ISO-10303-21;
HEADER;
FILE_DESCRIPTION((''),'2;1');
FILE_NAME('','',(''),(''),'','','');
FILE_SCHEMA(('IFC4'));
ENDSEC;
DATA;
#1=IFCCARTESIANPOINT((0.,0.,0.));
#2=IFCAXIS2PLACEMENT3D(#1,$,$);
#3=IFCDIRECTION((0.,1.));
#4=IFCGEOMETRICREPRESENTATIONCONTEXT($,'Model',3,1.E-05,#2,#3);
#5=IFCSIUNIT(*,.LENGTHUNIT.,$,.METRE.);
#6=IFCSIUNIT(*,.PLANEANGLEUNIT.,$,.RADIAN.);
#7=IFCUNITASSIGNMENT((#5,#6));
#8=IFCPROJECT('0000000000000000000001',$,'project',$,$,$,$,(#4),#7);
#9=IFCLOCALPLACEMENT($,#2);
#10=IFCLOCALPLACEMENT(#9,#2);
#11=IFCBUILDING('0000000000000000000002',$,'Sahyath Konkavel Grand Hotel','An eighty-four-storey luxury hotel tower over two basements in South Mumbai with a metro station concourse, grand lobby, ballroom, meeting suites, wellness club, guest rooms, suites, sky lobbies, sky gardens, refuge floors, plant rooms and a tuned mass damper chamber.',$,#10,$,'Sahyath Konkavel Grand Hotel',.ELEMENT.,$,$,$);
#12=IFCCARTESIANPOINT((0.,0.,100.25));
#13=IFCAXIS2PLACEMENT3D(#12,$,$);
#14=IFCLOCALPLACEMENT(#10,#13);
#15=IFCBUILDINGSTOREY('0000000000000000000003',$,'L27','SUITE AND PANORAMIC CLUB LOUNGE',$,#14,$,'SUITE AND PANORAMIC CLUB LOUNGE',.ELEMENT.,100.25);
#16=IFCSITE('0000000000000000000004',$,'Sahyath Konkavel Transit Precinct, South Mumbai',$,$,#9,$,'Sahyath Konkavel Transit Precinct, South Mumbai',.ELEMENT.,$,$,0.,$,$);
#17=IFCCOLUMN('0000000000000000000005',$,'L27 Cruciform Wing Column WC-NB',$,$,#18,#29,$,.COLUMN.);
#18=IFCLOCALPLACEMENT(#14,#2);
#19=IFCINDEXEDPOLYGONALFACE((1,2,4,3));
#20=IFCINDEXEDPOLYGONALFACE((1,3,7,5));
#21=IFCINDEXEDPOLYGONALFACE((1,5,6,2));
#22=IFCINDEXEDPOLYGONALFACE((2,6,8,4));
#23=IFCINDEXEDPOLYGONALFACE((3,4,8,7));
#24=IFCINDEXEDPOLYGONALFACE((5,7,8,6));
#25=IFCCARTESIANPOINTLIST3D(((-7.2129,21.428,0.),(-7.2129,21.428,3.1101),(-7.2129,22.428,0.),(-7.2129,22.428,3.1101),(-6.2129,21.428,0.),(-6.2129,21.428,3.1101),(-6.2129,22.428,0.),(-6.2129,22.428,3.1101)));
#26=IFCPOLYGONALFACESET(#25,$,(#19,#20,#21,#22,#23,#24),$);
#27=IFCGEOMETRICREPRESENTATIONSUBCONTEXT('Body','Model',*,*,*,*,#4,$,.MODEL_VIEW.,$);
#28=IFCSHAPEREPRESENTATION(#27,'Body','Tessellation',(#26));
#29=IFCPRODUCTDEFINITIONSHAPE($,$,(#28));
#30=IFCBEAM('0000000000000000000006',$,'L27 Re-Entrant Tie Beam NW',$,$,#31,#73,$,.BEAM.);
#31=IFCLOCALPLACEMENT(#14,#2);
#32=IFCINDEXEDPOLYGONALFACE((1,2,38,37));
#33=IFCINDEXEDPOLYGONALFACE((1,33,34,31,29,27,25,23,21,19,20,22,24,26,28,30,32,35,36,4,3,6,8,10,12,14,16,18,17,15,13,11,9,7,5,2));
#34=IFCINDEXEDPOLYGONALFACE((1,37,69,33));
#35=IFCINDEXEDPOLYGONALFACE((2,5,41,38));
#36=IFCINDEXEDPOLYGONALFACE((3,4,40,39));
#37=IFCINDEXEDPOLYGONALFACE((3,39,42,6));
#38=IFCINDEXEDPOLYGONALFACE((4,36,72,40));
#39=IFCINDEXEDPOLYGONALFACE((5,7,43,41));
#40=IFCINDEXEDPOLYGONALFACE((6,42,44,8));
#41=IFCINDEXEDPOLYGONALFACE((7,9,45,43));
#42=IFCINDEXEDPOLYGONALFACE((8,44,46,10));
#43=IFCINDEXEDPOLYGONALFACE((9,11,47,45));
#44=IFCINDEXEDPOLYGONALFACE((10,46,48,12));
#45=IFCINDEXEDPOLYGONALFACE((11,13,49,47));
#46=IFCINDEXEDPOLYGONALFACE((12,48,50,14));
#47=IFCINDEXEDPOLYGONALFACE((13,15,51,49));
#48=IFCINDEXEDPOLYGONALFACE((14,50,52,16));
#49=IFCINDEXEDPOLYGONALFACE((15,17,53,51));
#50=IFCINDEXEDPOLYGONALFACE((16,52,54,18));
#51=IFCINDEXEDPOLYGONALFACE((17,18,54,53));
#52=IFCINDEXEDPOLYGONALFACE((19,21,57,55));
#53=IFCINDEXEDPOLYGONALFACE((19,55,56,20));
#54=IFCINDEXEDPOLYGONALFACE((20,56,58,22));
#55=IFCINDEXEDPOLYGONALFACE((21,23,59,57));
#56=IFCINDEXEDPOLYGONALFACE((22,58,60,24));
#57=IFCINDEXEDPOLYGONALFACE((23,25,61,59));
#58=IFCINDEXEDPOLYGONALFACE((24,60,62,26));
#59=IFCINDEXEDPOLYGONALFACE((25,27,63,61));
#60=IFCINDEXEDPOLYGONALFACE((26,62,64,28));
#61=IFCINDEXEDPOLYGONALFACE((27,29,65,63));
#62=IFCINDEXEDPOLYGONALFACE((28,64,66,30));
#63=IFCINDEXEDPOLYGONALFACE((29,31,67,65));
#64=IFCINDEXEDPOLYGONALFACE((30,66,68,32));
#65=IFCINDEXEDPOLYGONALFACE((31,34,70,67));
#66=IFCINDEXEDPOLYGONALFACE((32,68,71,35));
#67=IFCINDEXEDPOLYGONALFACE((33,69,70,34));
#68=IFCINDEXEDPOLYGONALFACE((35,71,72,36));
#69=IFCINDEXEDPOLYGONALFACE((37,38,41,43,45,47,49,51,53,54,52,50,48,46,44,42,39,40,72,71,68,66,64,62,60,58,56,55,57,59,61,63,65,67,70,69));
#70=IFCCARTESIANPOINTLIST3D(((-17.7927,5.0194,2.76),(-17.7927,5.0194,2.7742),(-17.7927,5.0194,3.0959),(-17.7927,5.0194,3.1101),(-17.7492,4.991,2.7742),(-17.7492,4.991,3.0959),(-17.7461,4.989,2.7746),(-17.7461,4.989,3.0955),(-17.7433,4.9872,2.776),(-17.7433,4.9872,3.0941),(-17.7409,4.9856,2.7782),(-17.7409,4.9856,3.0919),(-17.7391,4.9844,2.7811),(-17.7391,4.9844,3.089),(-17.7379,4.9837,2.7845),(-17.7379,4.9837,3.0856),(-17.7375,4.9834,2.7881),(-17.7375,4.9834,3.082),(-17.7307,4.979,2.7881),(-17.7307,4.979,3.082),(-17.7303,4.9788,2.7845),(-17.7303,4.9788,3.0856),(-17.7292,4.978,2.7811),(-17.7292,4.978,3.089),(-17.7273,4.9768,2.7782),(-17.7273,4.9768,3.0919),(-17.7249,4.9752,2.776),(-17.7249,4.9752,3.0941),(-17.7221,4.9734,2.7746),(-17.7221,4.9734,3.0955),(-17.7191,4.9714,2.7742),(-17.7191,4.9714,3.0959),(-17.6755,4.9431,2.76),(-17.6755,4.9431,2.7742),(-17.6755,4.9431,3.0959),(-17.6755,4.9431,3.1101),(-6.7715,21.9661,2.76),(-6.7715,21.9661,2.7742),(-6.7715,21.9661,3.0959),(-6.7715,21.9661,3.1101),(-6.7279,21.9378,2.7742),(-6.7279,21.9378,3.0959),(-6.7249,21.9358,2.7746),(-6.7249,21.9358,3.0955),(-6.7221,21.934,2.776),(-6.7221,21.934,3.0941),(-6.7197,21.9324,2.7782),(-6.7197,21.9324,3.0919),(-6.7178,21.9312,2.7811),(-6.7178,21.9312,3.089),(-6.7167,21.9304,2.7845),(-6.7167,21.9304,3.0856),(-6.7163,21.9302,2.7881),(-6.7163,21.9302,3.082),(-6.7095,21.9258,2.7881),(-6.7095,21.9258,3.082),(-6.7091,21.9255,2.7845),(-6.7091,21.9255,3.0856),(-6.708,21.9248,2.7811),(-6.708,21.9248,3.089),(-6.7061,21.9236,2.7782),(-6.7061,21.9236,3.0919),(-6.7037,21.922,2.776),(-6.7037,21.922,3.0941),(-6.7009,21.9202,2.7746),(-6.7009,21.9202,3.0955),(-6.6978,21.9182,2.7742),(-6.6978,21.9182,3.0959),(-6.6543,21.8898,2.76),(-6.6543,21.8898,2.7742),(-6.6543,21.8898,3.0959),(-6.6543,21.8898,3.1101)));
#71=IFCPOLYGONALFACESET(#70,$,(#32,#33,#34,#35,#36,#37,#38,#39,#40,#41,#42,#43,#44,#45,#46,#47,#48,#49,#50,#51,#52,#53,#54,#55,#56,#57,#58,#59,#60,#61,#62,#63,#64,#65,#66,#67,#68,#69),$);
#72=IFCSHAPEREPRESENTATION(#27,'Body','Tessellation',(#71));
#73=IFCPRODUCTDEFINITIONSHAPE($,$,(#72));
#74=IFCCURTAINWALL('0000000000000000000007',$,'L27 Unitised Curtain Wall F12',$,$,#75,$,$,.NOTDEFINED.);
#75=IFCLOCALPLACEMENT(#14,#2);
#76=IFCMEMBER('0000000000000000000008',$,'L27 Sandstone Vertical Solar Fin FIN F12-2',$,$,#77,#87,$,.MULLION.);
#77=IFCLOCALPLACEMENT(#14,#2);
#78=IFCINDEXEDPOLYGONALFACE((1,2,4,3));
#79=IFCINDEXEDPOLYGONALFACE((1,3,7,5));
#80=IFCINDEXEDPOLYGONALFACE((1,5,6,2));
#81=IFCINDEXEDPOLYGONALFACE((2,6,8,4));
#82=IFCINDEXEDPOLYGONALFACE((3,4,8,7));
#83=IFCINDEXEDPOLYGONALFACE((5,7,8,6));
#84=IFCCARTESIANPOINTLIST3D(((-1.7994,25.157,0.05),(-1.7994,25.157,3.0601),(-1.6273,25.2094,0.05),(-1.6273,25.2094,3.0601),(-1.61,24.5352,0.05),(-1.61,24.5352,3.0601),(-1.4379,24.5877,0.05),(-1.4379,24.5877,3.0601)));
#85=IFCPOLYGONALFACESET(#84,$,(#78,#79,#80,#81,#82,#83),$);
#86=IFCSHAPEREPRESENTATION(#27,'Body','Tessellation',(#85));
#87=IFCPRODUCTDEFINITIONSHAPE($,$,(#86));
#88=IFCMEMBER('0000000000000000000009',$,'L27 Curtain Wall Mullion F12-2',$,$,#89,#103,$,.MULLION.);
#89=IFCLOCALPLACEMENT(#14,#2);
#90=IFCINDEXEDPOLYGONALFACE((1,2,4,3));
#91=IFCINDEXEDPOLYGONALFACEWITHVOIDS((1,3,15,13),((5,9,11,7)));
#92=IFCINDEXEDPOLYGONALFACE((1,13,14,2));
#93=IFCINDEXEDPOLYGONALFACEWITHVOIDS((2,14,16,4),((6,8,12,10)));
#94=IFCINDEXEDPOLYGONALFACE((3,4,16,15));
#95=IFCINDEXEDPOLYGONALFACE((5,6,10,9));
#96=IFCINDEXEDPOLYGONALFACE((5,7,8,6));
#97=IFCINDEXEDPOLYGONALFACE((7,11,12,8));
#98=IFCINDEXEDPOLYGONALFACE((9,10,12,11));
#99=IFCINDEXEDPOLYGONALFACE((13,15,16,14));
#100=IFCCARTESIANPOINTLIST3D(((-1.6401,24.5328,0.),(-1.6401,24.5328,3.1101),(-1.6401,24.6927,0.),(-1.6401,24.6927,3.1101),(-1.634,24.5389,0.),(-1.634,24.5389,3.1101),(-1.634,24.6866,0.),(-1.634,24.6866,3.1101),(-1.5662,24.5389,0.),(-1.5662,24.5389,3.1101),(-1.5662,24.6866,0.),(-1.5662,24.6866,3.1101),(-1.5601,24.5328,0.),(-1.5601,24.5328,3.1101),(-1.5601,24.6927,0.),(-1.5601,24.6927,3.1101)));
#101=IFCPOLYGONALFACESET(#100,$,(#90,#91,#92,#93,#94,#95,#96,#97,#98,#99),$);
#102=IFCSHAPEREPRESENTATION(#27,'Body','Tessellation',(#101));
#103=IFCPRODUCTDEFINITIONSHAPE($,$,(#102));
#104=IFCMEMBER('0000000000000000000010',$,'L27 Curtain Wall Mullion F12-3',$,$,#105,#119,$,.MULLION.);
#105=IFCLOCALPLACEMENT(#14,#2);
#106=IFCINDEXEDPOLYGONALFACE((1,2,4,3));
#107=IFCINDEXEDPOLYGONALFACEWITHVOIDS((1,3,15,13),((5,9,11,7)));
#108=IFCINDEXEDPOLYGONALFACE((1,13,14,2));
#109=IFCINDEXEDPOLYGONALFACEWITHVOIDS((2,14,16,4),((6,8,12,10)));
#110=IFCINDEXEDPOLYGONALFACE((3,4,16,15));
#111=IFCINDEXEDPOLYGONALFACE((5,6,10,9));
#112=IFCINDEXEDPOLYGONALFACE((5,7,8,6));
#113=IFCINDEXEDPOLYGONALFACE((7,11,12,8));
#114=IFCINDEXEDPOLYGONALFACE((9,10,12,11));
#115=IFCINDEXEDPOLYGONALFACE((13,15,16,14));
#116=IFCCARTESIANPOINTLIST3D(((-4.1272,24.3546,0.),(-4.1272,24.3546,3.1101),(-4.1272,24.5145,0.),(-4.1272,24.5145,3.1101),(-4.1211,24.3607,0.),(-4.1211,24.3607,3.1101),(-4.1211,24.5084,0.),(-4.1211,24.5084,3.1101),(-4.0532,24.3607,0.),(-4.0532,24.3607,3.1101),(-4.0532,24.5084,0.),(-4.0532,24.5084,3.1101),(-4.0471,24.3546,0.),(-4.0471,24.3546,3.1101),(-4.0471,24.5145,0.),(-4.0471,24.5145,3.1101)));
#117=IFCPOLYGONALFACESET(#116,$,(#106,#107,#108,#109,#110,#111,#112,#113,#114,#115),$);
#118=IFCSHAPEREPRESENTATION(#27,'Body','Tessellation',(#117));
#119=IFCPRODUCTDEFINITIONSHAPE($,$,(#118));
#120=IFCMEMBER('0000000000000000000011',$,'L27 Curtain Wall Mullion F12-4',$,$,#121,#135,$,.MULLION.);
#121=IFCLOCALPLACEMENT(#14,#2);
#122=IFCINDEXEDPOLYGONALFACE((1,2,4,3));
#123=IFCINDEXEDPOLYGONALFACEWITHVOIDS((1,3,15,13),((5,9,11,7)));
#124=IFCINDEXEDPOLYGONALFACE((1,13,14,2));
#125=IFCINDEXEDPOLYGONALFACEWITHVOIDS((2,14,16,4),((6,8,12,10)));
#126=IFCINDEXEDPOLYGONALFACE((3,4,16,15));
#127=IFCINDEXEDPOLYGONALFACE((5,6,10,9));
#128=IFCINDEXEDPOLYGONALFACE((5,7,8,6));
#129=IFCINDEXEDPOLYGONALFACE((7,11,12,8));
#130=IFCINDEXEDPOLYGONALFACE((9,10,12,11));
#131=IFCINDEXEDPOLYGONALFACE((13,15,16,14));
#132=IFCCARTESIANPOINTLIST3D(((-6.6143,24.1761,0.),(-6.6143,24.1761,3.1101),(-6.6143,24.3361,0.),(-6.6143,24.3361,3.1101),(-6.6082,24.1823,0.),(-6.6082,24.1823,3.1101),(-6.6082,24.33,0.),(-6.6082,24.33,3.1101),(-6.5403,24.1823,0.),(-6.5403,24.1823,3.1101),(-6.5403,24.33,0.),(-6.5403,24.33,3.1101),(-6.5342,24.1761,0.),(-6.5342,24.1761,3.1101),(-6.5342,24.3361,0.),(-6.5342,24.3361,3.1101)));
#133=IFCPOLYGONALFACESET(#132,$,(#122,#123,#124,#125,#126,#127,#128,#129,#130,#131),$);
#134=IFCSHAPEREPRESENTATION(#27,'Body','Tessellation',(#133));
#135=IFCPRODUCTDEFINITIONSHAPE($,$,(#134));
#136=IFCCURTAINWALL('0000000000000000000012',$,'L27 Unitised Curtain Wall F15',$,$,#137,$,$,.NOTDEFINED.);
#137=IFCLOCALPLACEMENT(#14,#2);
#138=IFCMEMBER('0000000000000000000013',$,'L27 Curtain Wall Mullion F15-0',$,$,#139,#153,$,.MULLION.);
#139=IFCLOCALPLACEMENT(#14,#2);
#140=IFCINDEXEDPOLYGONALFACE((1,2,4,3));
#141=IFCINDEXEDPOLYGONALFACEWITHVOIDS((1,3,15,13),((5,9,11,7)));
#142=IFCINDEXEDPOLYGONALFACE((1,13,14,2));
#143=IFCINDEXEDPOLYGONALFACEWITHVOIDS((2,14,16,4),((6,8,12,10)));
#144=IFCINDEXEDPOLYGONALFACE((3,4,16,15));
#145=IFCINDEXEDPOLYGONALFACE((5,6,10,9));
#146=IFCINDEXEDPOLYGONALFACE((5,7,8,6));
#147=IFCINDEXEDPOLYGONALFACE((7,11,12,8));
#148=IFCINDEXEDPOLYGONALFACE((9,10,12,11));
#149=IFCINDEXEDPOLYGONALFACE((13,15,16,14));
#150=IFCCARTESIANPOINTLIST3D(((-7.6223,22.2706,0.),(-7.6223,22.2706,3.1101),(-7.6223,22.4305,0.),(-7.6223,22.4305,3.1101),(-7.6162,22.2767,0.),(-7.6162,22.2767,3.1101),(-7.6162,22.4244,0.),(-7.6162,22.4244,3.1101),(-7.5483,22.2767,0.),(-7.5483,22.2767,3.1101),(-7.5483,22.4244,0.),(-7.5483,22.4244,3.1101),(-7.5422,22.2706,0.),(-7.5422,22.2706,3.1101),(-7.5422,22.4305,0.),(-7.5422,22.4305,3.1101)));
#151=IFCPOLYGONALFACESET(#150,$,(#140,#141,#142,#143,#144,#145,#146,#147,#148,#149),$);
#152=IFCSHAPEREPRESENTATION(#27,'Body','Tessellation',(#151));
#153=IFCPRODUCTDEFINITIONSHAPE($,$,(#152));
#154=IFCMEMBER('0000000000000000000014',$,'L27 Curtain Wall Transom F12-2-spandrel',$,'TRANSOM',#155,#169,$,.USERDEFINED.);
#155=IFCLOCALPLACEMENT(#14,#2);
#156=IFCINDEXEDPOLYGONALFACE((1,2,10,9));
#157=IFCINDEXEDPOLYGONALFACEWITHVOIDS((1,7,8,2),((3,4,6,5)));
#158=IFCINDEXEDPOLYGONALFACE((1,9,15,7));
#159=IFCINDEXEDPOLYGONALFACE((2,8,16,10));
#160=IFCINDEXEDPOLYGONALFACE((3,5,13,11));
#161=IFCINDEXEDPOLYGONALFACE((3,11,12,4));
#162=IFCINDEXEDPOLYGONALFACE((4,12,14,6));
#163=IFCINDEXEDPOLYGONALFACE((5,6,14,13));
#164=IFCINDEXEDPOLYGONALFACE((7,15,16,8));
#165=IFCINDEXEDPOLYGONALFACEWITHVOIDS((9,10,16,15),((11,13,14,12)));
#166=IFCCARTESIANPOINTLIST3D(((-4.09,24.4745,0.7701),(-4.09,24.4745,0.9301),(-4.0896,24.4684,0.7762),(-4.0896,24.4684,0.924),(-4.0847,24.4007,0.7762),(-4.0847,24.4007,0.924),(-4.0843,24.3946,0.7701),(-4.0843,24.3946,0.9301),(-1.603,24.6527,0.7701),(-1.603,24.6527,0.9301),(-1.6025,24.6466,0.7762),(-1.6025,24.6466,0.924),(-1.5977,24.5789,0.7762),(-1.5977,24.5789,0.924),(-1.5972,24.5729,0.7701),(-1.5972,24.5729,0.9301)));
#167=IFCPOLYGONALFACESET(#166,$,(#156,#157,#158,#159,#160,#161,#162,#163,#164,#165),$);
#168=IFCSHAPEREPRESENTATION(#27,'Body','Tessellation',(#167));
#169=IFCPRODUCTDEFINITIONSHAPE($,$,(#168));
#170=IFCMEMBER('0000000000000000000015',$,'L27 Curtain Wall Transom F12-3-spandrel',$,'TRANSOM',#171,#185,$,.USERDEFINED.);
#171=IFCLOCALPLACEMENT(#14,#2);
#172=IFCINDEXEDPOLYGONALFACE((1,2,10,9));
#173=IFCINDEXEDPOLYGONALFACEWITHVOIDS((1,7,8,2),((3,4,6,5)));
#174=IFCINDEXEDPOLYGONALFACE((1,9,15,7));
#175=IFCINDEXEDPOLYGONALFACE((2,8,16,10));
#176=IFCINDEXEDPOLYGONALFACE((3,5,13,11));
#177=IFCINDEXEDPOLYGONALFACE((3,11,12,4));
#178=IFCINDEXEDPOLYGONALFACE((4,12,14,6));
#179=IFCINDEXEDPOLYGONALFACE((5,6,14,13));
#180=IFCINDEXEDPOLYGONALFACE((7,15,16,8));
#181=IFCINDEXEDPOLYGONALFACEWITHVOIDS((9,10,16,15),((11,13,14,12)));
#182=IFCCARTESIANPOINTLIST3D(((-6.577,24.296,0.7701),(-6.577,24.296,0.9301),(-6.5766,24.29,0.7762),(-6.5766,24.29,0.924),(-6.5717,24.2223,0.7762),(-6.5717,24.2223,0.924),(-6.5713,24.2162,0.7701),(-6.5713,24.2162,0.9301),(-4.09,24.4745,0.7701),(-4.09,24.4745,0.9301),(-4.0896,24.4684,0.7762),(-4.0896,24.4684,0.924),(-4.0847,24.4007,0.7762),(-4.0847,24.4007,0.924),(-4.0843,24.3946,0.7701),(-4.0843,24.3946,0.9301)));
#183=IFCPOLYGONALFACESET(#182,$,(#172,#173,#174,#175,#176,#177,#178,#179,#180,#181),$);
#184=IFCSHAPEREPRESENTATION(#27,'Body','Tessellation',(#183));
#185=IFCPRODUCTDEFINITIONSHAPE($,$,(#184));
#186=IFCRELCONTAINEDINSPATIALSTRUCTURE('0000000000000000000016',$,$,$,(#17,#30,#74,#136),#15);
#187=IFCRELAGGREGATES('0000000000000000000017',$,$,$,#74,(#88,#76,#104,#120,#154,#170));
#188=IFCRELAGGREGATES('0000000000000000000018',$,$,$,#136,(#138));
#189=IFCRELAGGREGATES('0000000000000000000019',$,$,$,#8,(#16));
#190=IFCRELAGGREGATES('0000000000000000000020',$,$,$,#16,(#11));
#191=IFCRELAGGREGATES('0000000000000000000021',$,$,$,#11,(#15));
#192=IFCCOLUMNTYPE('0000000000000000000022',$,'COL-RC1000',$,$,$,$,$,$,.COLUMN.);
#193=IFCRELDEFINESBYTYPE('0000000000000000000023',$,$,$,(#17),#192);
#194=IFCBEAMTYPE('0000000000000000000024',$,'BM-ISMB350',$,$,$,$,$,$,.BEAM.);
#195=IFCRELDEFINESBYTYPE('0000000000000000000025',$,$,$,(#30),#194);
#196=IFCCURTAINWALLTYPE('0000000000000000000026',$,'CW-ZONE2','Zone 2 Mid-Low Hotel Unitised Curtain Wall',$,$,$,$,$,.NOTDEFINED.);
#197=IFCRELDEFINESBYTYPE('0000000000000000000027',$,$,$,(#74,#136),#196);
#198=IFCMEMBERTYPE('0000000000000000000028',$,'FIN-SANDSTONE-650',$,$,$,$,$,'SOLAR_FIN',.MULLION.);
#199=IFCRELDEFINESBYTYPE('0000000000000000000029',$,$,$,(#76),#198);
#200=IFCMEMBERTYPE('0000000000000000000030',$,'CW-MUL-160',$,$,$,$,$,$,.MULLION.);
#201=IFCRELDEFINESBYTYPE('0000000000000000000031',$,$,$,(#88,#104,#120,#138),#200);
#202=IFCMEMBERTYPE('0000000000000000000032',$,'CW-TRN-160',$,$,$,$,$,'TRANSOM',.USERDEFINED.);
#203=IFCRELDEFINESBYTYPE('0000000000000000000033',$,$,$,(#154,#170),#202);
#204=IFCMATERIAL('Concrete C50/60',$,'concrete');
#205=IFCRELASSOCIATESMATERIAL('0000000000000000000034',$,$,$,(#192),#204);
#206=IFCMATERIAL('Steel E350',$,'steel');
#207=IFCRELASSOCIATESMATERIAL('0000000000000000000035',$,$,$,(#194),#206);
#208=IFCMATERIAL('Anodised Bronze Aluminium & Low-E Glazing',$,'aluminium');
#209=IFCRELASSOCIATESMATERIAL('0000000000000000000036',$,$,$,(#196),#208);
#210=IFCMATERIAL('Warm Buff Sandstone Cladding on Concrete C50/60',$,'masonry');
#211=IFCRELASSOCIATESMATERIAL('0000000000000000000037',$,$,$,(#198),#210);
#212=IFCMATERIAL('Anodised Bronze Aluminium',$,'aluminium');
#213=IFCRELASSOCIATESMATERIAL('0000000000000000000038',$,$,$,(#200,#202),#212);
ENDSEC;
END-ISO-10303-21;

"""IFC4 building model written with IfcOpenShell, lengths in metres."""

from ifc_helpers import new_model, si_unit, direction, frame, origin, origin_2d, place, context, subcontext, project, spatial, rectangle, hollow_rectangle, i_section, extrude, source, transform, mapped, material, material_profile, profile_set, type_object, element, aggregate, save


model = new_model("IFC4")

# Units and contexts
model_context = context("Model", 3, precision=1e-05, world=origin(), true_north=direction((0.0, 1.0)))
body_context = subcontext(model_context, "Body", "Model", "MODEL_VIEW")
ifc_project = project(units=[si_unit("LENGTHUNIT", "METRE"), si_unit("PLANEANGLEUNIT", "RADIAN")], contexts=[model_context])

# Site, building, storey
site_placement = place(None, origin())
site = spatial("IfcSite", under=ifc_project, at=site_placement, Name="Sahyath Konkavel Transit Precinct, South Mumbai", LongName="Sahyath Konkavel Transit Precinct, South Mumbai", CompositionType="ELEMENT", RefElevation=0.0)
building_placement = place(site_placement, origin())
building = spatial("IfcBuilding", under=site, at=building_placement, Name="Sahyath Konkavel Grand Hotel", Description="An eighty-four-storey luxury hotel tower over two basements in South Mumbai with a metro station concourse, grand lobby, ballroom, meeting suites, wellness club, guest rooms, suites, sky lobbies, sky gardens, refuge floors, plant rooms and a tuned mass damper chamber.", LongName="Sahyath Konkavel Grand Hotel", CompositionType="ELEMENT")
storey_placement = place(building_placement, frame((0.0, 0.0, 100.25)))
storey = spatial("IfcBuildingStorey", under=building, at=storey_placement, Name="L27", Description="SUITE AND PANORAMIC CLUB LOUNGE", LongName="SUITE AND PANORAMIC CLUB LOUNGE", CompositionType="ELEMENT", Elevation=100.25)

# Column
ifc_material_1 = material(Name="Concrete C50/60", Category="concrete")
ifc_material_profile_1 = material_profile(ifc_material_1, rectangle(XDim=1.0, YDim=1.0, at=origin_2d()), Name="RC 1000x1000")
ifc_profile_set_1 = profile_set([ifc_material_profile_1], Name="Concrete C50/60")
column_type = type_object("IfcColumnType", Name="COL-RC1000", PredefinedType="COLUMN", material=ifc_profile_set_1)
shared_shape_1 = source(origin(), body_context, "Body", "SweptSolid", [
    extrude(rectangle(XDim=1.0, YDim=1.0, at=origin_2d()), origin(), (0.0, 0.0, 1.0), 3.1101),
])
column_placement = place(storey_placement, frame((-6.7129, 21.928, 0.0), z_axis=(0.0, 0.0, 1.0), x_axis=(1.0, 0.0, 0.0)))
element("IfcColumn", 1, at=column_placement, inside=storey, type_object=column_type, Name="L27 Cruciform Wing Column WC-NB", PredefinedType="COLUMN", context=body_context, shape_type="MappedRepresentation", body=[
    mapped(shared_shape_1, transform((0.0, 0.0, 0.0), scale=1.0)),
])

# Beam
ifc_material_2 = material(Name="Steel E350", Category="steel")
ifc_material_profile_2 = material_profile(ifc_material_2, i_section(OverallWidth=0.1399, OverallDepth=0.3501, WebThickness=0.0081, FlangeThickness=0.0142, FilletRadius=0.0139, at=origin_2d()), Name="ISMB 350")
ifc_profile_set_2 = profile_set([ifc_material_profile_2], Name="Steel E350")
beam_type = type_object("IfcBeamType", Name="BM-ISMB350", PredefinedType="BEAM", material=ifc_profile_set_2)
shared_shape_2 = source(origin(), body_context, "Body", "SweptSolid", [
    extrude(i_section(OverallWidth=0.1399, OverallDepth=0.3501, WebThickness=0.0081, FlangeThickness=0.0142, FilletRadius=0.0139, at=origin_2d()), origin(), (0.0, 0.0, 1.0), 20.2153),
])
beam_placement = place(storey_placement, frame((-6.7129, 21.928, 2.9351), z_axis=(-0.545191, -0.838312, 0.0), x_axis=(0.838312, -0.545191, 0.0)))
element("IfcBeam", 2, at=beam_placement, inside=storey, type_object=beam_type, Name="L27 Re-Entrant Tie Beam NW", PredefinedType="BEAM", context=body_context, shape_type="MappedRepresentation", body=[
    mapped(shared_shape_2, transform((0.0, 0.0, 0.0), scale=1.0)),
])

# Curtain wall, members
ifc_material_3 = material(Name="Anodised Bronze Aluminium & Low-E Glazing", Category="aluminium")
curtain_wall_type = type_object("IfcCurtainWallType", Name="CW-ZONE2", Description="Zone 2 Mid-Low Hotel Unitised Curtain Wall", PredefinedType="NOTDEFINED", material=ifc_material_3)
curtain_wall_1_placement = place(storey_placement, origin())
curtain_wall_1 = element("IfcCurtainWall", 3, at=curtain_wall_1_placement, inside=storey, type_object=curtain_wall_type, Name="L27 Unitised Curtain Wall F12", PredefinedType="NOTDEFINED")
ifc_material_4 = material(Name="Warm Buff Sandstone Cladding on Concrete C50/60", Category="masonry")
ifc_material_profile_3 = material_profile(ifc_material_4, rectangle(XDim=0.1799, YDim=0.6499, at=origin_2d()), Name="FIN 180x650")
ifc_profile_set_3 = profile_set([ifc_material_profile_3], Name="Warm Buff Sandstone Cladding on Concrete C50/60")
member_type_1 = type_object("IfcMemberType", Name="FIN-SANDSTONE-650", ElementType="SOLAR_FIN", PredefinedType="MULLION", material=ifc_profile_set_3)
shared_shape_3 = source(origin(), body_context, "Body", "SweptSolid", [
    extrude(rectangle(XDim=0.1799, YDim=0.6499, at=origin_2d()), origin(), (0.0, 0.0, 1.0), 3.01),
])
member_1_placement = place(storey_placement, frame((-1.6187, 24.8723, 0.05), z_axis=(0.0, 0.0, 1.0), x_axis=(0.95661, 0.29137, 0.0)))
member_1 = element("IfcMember", 4, at=member_1_placement, type_object=member_type_1, Name="L27 Sandstone Vertical Solar Fin FIN F12-2", PredefinedType="MULLION", context=body_context, shape_type="MappedRepresentation", body=[
    mapped(shared_shape_3, transform((0.0, 0.0, 0.0), scale=1.0)),
])
ifc_material_5 = material(Name="Anodised Bronze Aluminium", Category="aluminium")
ifc_material_profile_4 = material_profile(ifc_material_5, hollow_rectangle(XDim=0.0801, YDim=0.1599, WallThickness=0.0061, at=origin_2d()), Name="RHS 160x80x6")
ifc_profile_set_4 = profile_set([ifc_material_profile_4], Name="Anodised Bronze Aluminium")
member_type_2 = type_object("IfcMemberType", Name="CW-MUL-160", PredefinedType="MULLION", material=ifc_profile_set_4)
shared_shape_4 = source(origin(), body_context, "Body", "SweptSolid", [
    extrude(hollow_rectangle(XDim=0.0801, YDim=0.1599, WallThickness=0.0061, at=origin_2d()), origin(), (0.0, 0.0, 1.0), 3.1101),
])
member_2_placement = place(storey_placement, frame((-1.6001, 24.6128, 0.0), z_axis=(0.0, 0.0, 1.0), x_axis=(1.0, 0.0, 0.0)))
member_2 = element("IfcMember", 5, at=member_2_placement, type_object=member_type_2, Name="L27 Curtain Wall Mullion F12-2", PredefinedType="MULLION", context=body_context, shape_type="MappedRepresentation", body=[
    mapped(shared_shape_4, transform((0.0, 0.0, 0.0), scale=1.0)),
])
member_3_placement = place(storey_placement, frame((-4.0872, 24.4346, 0.0), z_axis=(0.0, 0.0, 1.0), x_axis=(1.0, 0.0, 0.0)))
member_3 = element("IfcMember", 6, at=member_3_placement, type_object=member_type_2, Name="L27 Curtain Wall Mullion F12-3", PredefinedType="MULLION", context=body_context, shape_type="MappedRepresentation", body=[
    mapped(shared_shape_4, transform((0.0, 0.0, 0.0), scale=1.0)),
])
member_4_placement = place(storey_placement, frame((-6.5742, 24.2561, 0.0), z_axis=(0.0, 0.0, 1.0), x_axis=(1.0, 0.0, 0.0)))
member_4 = element("IfcMember", 7, at=member_4_placement, type_object=member_type_2, Name="L27 Curtain Wall Mullion F12-4", PredefinedType="MULLION", context=body_context, shape_type="MappedRepresentation", body=[
    mapped(shared_shape_4, transform((0.0, 0.0, 0.0), scale=1.0)),
])

# Curtain wall, member
curtain_wall_2_placement = place(storey_placement, origin())
curtain_wall_2 = element("IfcCurtainWall", 8, at=curtain_wall_2_placement, inside=storey, type_object=curtain_wall_type, Name="L27 Unitised Curtain Wall F15", PredefinedType="NOTDEFINED")
member_5_placement = place(storey_placement, frame((-7.5823, 22.3506, 0.0), z_axis=(0.0, 0.0, 1.0), x_axis=(1.0, 0.0, 0.0)))
member_5 = element("IfcMember", 9, at=member_5_placement, type_object=member_type_2, Name="L27 Curtain Wall Mullion F15-0", PredefinedType="MULLION", context=body_context, shape_type="MappedRepresentation", body=[
    mapped(shared_shape_4, transform((0.0, 0.0, 0.0), scale=1.0)),
])

# Members
ifc_material_profile_5 = material_profile(ifc_material_5, hollow_rectangle(XDim=0.0801, YDim=0.1599, WallThickness=0.0061, at=origin_2d()), Name="RHS 160x80x6")
ifc_profile_set_5 = profile_set([ifc_material_profile_5], Name="Anodised Bronze Aluminium")
member_type_3 = type_object("IfcMemberType", Name="CW-TRN-160", ElementType="TRANSOM", PredefinedType="USERDEFINED", material=ifc_profile_set_5)
shared_shape_5 = source(origin(), body_context, "Body", "SweptSolid", [
    extrude(hollow_rectangle(XDim=0.0801, YDim=0.1599, WallThickness=0.0061, at=origin_2d()), origin(), (0.0, 0.0, 1.0), 2.4934),
])
member_6_placement = place(storey_placement, frame((-1.6001, 24.6128, 0.8501), z_axis=(-0.997442, -0.071477, 0.0), x_axis=(0.071477, -0.997442, 0.0)))
member_6 = element("IfcMember", 10, at=member_6_placement, type_object=member_type_3, Name="L27 Curtain Wall Transom F12-2-spandrel", ObjectType="TRANSOM", PredefinedType="USERDEFINED", context=body_context, shape_type="MappedRepresentation", body=[
    mapped(shared_shape_5, transform((0.0, 0.0, 0.0), scale=1.0)),
])
member_7_placement = place(storey_placement, frame((-4.0872, 24.4346, 0.8501), z_axis=(-0.997435, -0.071574, 0.0), x_axis=(0.071574, -0.997435, 0.0)))
member_7 = element("IfcMember", 11, at=member_7_placement, type_object=member_type_3, Name="L27 Curtain Wall Transom F12-3-spandrel", ObjectType="TRANSOM", PredefinedType="USERDEFINED", context=body_context, shape_type="MappedRepresentation", body=[
    mapped(shared_shape_5, transform((0.0, 0.0, 0.0), scale=1.0)),
])

aggregate(curtain_wall_1, [member_2, member_1, member_3, member_4, member_6, member_7])
aggregate(curtain_wall_2, [member_5])

save(model, "model.ifc")
